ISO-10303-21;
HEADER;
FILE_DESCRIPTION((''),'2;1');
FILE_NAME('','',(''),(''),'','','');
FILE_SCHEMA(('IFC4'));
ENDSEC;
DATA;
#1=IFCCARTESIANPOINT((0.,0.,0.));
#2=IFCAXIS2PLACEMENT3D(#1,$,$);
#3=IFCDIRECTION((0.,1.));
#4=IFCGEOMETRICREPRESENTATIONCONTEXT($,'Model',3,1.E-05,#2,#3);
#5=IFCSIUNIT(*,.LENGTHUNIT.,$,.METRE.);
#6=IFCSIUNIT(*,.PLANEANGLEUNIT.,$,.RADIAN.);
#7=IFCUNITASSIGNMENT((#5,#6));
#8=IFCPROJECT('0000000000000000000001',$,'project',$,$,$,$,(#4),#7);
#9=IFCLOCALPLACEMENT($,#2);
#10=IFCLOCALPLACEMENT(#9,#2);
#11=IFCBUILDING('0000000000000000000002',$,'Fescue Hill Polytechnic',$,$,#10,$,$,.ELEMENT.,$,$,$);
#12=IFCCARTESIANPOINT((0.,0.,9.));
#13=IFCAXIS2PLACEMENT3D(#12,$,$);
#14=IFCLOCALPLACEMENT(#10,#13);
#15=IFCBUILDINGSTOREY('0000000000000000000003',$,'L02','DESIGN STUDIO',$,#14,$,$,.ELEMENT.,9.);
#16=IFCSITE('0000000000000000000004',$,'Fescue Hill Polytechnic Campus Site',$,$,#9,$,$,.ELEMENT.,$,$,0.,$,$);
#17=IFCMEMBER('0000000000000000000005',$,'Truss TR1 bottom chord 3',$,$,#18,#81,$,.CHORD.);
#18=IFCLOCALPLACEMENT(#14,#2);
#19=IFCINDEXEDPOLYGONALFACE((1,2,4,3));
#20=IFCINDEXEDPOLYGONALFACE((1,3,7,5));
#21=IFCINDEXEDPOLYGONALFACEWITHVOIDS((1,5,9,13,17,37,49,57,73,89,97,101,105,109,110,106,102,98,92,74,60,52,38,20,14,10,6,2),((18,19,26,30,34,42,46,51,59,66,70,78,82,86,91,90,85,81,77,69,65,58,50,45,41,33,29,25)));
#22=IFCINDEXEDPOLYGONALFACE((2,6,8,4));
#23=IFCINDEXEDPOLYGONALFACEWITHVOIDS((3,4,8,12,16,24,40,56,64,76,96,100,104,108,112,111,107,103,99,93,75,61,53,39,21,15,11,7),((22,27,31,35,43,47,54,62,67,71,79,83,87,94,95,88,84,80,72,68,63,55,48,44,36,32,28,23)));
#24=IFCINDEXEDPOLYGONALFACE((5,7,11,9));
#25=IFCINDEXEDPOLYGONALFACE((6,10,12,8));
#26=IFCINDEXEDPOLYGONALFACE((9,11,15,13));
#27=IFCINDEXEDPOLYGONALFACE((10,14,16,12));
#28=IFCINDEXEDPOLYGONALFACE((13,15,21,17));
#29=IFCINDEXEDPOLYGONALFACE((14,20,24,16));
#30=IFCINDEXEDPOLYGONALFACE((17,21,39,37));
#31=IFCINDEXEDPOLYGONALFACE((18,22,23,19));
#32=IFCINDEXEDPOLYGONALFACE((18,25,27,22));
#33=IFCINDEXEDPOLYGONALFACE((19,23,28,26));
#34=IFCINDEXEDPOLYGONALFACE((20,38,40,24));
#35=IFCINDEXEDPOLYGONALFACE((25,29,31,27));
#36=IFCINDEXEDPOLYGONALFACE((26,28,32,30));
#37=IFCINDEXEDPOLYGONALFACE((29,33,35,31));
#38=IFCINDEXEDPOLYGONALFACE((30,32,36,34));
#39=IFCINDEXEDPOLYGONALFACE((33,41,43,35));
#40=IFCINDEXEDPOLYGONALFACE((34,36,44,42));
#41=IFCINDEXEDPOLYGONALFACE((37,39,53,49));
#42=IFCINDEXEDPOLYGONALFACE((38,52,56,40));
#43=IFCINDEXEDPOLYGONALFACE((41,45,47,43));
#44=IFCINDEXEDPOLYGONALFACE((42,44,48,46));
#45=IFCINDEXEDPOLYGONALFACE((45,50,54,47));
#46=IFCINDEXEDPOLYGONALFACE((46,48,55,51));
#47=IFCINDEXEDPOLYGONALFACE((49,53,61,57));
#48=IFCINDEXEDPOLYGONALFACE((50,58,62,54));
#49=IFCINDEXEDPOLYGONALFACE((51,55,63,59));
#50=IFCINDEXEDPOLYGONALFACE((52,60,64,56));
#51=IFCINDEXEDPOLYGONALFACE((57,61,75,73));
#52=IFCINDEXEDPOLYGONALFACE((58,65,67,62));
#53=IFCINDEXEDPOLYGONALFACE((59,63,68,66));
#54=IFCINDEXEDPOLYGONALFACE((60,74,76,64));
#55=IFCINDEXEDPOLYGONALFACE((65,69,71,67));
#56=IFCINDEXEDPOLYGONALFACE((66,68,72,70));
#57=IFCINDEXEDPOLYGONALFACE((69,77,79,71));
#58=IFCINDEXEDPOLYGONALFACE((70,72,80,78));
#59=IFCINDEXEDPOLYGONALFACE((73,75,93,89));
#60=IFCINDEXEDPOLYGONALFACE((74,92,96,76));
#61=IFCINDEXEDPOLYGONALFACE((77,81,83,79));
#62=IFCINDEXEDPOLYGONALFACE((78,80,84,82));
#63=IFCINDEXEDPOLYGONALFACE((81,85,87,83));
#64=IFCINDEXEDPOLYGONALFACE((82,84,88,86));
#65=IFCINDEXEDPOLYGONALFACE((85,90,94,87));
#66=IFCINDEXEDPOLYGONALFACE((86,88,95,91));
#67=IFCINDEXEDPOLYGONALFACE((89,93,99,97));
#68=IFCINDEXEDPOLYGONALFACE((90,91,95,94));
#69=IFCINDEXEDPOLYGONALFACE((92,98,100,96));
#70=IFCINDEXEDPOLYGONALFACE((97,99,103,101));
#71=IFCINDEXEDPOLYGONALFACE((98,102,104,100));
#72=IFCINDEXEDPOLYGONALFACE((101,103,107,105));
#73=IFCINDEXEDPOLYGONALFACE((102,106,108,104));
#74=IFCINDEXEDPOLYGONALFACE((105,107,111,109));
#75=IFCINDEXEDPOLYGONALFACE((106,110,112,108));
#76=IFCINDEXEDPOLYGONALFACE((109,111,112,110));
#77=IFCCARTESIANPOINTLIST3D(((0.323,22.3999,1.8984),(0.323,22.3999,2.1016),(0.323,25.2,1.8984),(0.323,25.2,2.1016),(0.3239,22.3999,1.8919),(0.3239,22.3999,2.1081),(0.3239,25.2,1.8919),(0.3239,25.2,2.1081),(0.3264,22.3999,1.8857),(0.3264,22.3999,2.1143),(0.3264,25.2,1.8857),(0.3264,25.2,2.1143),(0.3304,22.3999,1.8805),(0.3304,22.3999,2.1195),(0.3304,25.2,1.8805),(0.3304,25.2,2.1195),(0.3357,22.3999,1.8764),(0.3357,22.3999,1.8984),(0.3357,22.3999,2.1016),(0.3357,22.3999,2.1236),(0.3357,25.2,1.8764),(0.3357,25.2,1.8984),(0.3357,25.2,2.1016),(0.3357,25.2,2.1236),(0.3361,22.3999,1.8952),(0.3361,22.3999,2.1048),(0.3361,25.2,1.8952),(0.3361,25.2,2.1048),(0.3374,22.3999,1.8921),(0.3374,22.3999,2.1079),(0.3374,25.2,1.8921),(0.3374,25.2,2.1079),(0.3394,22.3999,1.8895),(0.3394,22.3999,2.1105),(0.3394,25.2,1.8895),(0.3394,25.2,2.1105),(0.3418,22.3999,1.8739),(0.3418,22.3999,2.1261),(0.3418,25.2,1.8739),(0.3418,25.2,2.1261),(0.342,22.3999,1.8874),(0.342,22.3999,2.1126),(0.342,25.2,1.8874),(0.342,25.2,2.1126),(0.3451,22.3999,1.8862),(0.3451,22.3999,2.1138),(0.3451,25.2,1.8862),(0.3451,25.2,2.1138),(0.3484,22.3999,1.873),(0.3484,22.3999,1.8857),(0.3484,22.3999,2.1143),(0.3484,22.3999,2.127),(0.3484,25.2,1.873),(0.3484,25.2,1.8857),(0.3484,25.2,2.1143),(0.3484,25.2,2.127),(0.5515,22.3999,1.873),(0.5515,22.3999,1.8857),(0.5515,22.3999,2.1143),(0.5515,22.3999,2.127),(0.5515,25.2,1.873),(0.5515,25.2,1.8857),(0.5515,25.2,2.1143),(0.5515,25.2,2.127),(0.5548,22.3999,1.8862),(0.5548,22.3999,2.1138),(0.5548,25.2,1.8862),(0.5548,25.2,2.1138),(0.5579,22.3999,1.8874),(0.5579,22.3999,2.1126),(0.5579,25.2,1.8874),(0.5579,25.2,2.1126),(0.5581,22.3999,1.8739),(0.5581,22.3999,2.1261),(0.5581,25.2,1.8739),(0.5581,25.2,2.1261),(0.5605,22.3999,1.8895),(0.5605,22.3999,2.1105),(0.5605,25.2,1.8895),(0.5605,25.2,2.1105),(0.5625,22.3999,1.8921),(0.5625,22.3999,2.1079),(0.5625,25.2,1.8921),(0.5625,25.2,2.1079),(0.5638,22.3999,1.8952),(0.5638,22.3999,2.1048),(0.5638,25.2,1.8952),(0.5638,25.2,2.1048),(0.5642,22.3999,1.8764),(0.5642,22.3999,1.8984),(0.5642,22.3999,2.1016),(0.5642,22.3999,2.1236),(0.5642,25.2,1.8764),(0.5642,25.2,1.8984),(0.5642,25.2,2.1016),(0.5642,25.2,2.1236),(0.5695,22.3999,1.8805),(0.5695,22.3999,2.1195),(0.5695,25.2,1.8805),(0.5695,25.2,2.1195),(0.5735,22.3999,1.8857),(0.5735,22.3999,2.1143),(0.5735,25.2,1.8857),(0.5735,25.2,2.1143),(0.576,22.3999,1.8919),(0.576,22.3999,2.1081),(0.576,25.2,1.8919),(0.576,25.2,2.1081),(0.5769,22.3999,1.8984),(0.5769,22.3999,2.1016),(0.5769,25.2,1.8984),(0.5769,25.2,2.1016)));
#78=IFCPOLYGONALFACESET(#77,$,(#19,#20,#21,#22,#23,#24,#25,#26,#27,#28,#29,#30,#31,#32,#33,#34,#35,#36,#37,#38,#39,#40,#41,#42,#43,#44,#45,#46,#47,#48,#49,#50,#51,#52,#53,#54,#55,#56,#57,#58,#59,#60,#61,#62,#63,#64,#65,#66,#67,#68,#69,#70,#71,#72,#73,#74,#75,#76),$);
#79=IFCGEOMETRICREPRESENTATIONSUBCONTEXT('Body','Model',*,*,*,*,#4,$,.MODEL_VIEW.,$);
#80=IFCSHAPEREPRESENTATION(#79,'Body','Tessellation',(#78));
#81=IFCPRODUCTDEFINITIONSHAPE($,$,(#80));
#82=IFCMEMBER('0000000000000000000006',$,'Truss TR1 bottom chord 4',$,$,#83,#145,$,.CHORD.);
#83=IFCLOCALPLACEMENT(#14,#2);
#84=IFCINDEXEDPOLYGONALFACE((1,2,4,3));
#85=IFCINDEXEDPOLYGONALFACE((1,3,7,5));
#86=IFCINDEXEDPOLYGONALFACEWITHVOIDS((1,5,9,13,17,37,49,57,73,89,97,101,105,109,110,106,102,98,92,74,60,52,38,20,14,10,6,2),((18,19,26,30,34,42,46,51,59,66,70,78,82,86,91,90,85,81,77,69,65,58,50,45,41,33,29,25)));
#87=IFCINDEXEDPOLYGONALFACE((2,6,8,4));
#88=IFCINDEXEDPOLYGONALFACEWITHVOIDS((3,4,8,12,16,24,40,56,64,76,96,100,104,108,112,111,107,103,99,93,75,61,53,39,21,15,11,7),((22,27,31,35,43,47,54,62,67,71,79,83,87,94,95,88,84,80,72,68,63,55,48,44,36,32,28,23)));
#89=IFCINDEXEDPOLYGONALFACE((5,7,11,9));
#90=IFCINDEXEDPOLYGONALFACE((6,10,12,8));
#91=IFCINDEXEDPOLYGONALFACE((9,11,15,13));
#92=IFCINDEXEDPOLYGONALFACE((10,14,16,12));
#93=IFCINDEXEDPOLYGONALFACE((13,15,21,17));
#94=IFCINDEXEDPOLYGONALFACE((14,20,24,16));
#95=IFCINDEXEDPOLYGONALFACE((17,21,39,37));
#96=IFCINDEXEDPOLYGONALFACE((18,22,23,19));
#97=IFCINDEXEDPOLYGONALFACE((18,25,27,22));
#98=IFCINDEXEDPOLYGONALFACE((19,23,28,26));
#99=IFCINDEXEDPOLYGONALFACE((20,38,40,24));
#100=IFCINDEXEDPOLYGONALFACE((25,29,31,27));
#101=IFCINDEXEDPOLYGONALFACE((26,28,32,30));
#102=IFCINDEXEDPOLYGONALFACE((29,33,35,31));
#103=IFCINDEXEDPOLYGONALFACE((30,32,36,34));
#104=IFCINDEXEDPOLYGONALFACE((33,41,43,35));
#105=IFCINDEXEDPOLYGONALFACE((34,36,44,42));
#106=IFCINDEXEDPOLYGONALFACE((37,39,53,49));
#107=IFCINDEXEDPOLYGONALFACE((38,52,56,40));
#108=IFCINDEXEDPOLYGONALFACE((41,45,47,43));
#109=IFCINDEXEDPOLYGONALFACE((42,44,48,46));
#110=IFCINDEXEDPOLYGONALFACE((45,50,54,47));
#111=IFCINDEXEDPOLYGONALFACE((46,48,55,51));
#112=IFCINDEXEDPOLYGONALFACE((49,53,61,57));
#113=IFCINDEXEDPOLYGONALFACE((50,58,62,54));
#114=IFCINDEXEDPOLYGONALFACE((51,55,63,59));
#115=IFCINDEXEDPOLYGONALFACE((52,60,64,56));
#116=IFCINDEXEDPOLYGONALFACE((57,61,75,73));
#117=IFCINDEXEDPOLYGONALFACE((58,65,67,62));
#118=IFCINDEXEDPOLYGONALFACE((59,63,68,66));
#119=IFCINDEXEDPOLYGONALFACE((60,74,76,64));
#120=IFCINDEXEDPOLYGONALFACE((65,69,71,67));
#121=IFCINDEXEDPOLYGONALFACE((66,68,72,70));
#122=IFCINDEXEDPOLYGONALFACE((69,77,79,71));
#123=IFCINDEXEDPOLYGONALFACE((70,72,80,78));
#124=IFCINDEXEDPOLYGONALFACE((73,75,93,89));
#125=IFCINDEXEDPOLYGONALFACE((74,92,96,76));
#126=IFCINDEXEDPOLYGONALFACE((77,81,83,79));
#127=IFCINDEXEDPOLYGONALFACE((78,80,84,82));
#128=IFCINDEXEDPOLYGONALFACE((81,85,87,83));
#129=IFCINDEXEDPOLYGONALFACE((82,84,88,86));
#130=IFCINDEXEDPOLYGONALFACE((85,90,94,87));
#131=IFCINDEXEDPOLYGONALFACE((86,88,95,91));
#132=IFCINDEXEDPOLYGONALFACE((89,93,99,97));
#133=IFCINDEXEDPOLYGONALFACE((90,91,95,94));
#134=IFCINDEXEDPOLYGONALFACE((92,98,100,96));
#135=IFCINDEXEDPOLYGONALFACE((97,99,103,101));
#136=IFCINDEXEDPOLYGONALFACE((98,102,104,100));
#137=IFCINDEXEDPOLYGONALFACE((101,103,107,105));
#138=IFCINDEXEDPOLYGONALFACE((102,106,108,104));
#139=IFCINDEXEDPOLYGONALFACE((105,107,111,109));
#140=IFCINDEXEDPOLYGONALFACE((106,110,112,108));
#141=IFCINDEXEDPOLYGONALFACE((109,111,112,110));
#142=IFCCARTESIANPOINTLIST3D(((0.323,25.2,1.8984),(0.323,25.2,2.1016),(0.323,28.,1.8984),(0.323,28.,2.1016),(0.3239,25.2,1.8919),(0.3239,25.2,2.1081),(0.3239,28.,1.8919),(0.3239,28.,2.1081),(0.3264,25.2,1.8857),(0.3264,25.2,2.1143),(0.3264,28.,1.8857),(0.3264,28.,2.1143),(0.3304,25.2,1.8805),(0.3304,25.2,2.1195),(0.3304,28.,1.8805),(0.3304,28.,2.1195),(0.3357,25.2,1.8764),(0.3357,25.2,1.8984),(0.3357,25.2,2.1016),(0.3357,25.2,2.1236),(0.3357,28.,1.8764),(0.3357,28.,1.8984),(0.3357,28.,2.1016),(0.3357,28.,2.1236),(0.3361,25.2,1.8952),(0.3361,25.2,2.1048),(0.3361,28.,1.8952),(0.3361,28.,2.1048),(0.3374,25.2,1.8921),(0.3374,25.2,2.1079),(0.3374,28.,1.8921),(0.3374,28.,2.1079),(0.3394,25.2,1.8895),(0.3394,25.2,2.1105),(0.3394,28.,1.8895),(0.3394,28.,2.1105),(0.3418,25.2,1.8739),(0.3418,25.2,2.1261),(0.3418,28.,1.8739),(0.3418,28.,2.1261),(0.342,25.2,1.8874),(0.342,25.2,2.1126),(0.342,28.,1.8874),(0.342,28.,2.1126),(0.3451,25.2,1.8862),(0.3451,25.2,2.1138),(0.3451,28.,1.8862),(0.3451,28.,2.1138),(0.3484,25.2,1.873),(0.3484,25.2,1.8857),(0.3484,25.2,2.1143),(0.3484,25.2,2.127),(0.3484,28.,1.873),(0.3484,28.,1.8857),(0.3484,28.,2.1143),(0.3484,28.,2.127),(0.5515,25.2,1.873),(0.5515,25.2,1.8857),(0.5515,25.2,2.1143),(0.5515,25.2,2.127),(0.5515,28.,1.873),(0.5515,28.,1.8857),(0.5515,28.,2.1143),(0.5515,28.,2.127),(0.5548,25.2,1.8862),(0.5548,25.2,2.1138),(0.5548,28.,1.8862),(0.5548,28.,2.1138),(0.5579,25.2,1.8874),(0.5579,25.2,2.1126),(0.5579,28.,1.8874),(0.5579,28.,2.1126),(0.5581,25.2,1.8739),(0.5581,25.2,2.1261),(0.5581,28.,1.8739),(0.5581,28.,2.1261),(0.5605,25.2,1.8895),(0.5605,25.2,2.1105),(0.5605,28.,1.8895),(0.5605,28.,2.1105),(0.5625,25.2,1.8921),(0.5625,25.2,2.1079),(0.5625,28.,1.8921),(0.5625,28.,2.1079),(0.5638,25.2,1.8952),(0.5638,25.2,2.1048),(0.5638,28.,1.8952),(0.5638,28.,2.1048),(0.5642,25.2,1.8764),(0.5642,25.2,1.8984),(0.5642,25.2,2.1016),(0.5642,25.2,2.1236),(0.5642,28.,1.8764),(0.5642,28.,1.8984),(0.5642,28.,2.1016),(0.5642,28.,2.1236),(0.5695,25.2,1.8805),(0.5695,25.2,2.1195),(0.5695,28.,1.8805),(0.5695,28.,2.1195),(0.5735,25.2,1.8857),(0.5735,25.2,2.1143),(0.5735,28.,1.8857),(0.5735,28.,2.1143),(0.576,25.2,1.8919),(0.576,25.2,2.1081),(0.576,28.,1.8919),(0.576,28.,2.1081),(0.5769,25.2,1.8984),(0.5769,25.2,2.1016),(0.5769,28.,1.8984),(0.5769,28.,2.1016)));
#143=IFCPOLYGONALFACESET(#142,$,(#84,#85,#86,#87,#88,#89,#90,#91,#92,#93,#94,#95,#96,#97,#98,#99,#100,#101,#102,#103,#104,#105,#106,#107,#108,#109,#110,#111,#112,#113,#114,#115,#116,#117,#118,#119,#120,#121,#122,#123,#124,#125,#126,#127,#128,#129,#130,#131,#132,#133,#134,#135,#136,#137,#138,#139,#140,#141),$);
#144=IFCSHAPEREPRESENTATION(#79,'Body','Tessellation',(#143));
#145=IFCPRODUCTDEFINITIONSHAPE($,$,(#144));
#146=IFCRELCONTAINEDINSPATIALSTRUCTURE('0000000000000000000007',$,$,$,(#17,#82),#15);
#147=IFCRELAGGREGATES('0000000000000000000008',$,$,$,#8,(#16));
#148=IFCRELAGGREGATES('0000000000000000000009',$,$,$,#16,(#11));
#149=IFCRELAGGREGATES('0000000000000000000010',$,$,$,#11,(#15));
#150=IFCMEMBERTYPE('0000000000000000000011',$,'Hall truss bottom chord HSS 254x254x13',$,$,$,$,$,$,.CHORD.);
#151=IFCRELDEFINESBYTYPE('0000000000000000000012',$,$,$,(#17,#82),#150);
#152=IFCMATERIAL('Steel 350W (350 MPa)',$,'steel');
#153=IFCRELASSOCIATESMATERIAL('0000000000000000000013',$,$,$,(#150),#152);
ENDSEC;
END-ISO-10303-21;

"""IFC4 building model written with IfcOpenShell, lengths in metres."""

from ifc_helpers import new_model, si_unit, direction, frame, origin, origin_2d, place, context, subcontext, project, spatial, hollow_rectangle, extrude, material, material_profile, profile_set, type_object, element, save


model = new_model("IFC4")

# Units and contexts
model_context = context("Model", 3, precision=1e-05, world=origin(), true_north=direction((0.0, 1.0)))
body_context = subcontext(model_context, "Body", "Model", "MODEL_VIEW")
ifc_project = project(units=[si_unit("LENGTHUNIT", "METRE"), si_unit("PLANEANGLEUNIT", "RADIAN")], contexts=[model_context])

# Site, building, storey
site_placement = place(None, origin())
site = spatial("IfcSite", under=ifc_project, at=site_placement, Name="Fescue Hill Polytechnic Campus Site", CompositionType="ELEMENT", RefElevation=0.0)
building_placement = place(site_placement, origin())
building = spatial("IfcBuilding", under=site, at=building_placement, Name="Fescue Hill Polytechnic", CompositionType="ELEMENT")
storey_placement = place(building_placement, frame((0.0, 0.0, 9.0)))
storey = spatial("IfcBuildingStorey", under=building, at=storey_placement, Name="L02", Description="DESIGN STUDIO", CompositionType="ELEMENT", Elevation=9.0)

# Members
ifc_material_1 = material(Name="Steel 350W (350 MPa)", Category="steel")
ifc_material_profile_1 = material_profile(ifc_material_1, hollow_rectangle(XDim=0.2539, YDim=0.2539, WallThickness=0.0127, InnerFilletRadius=0.0127, OuterFilletRadius=0.0254, at=origin_2d()), Name="Hall truss bottom chord HSS 254x254x13")
ifc_profile_set_1 = profile_set([ifc_material_profile_1], Name="Steel 350W (350 MPa)")
member_type_1 = type_object("IfcMemberType", Name="Hall truss bottom chord HSS 254x254x13", PredefinedType="CHORD", material=ifc_profile_set_1)
for number, where, z_axis, x_axis, name in (
    (1, (0.45, 22.3999, 2.0), (0.0, 1.0, 0.0), (-1.0, 0.0, 0.0), "Truss TR1 bottom chord 3"),
    (2, (0.45, 25.2, 2.0), (0.0, 1.0, 0.0), (-1.0, 0.0, 0.0), "Truss TR1 bottom chord 4"),
):
    element("IfcMember", number, at=place(storey_placement, frame(where, z_axis=z_axis, x_axis=x_axis)), inside=storey, type_object=member_type_1, Name=name, PredefinedType="CHORD", context=body_context, shape_type="SweptSolid", body=[
        extrude(hollow_rectangle(XDim=0.2539, YDim=0.2539, WallThickness=0.0127, InnerFilletRadius=0.0127, OuterFilletRadius=0.0254, at=origin_2d()), origin(), (0.0, 0.0, 1.0), 2.8),
    ])

save(model, "model.ifc")
